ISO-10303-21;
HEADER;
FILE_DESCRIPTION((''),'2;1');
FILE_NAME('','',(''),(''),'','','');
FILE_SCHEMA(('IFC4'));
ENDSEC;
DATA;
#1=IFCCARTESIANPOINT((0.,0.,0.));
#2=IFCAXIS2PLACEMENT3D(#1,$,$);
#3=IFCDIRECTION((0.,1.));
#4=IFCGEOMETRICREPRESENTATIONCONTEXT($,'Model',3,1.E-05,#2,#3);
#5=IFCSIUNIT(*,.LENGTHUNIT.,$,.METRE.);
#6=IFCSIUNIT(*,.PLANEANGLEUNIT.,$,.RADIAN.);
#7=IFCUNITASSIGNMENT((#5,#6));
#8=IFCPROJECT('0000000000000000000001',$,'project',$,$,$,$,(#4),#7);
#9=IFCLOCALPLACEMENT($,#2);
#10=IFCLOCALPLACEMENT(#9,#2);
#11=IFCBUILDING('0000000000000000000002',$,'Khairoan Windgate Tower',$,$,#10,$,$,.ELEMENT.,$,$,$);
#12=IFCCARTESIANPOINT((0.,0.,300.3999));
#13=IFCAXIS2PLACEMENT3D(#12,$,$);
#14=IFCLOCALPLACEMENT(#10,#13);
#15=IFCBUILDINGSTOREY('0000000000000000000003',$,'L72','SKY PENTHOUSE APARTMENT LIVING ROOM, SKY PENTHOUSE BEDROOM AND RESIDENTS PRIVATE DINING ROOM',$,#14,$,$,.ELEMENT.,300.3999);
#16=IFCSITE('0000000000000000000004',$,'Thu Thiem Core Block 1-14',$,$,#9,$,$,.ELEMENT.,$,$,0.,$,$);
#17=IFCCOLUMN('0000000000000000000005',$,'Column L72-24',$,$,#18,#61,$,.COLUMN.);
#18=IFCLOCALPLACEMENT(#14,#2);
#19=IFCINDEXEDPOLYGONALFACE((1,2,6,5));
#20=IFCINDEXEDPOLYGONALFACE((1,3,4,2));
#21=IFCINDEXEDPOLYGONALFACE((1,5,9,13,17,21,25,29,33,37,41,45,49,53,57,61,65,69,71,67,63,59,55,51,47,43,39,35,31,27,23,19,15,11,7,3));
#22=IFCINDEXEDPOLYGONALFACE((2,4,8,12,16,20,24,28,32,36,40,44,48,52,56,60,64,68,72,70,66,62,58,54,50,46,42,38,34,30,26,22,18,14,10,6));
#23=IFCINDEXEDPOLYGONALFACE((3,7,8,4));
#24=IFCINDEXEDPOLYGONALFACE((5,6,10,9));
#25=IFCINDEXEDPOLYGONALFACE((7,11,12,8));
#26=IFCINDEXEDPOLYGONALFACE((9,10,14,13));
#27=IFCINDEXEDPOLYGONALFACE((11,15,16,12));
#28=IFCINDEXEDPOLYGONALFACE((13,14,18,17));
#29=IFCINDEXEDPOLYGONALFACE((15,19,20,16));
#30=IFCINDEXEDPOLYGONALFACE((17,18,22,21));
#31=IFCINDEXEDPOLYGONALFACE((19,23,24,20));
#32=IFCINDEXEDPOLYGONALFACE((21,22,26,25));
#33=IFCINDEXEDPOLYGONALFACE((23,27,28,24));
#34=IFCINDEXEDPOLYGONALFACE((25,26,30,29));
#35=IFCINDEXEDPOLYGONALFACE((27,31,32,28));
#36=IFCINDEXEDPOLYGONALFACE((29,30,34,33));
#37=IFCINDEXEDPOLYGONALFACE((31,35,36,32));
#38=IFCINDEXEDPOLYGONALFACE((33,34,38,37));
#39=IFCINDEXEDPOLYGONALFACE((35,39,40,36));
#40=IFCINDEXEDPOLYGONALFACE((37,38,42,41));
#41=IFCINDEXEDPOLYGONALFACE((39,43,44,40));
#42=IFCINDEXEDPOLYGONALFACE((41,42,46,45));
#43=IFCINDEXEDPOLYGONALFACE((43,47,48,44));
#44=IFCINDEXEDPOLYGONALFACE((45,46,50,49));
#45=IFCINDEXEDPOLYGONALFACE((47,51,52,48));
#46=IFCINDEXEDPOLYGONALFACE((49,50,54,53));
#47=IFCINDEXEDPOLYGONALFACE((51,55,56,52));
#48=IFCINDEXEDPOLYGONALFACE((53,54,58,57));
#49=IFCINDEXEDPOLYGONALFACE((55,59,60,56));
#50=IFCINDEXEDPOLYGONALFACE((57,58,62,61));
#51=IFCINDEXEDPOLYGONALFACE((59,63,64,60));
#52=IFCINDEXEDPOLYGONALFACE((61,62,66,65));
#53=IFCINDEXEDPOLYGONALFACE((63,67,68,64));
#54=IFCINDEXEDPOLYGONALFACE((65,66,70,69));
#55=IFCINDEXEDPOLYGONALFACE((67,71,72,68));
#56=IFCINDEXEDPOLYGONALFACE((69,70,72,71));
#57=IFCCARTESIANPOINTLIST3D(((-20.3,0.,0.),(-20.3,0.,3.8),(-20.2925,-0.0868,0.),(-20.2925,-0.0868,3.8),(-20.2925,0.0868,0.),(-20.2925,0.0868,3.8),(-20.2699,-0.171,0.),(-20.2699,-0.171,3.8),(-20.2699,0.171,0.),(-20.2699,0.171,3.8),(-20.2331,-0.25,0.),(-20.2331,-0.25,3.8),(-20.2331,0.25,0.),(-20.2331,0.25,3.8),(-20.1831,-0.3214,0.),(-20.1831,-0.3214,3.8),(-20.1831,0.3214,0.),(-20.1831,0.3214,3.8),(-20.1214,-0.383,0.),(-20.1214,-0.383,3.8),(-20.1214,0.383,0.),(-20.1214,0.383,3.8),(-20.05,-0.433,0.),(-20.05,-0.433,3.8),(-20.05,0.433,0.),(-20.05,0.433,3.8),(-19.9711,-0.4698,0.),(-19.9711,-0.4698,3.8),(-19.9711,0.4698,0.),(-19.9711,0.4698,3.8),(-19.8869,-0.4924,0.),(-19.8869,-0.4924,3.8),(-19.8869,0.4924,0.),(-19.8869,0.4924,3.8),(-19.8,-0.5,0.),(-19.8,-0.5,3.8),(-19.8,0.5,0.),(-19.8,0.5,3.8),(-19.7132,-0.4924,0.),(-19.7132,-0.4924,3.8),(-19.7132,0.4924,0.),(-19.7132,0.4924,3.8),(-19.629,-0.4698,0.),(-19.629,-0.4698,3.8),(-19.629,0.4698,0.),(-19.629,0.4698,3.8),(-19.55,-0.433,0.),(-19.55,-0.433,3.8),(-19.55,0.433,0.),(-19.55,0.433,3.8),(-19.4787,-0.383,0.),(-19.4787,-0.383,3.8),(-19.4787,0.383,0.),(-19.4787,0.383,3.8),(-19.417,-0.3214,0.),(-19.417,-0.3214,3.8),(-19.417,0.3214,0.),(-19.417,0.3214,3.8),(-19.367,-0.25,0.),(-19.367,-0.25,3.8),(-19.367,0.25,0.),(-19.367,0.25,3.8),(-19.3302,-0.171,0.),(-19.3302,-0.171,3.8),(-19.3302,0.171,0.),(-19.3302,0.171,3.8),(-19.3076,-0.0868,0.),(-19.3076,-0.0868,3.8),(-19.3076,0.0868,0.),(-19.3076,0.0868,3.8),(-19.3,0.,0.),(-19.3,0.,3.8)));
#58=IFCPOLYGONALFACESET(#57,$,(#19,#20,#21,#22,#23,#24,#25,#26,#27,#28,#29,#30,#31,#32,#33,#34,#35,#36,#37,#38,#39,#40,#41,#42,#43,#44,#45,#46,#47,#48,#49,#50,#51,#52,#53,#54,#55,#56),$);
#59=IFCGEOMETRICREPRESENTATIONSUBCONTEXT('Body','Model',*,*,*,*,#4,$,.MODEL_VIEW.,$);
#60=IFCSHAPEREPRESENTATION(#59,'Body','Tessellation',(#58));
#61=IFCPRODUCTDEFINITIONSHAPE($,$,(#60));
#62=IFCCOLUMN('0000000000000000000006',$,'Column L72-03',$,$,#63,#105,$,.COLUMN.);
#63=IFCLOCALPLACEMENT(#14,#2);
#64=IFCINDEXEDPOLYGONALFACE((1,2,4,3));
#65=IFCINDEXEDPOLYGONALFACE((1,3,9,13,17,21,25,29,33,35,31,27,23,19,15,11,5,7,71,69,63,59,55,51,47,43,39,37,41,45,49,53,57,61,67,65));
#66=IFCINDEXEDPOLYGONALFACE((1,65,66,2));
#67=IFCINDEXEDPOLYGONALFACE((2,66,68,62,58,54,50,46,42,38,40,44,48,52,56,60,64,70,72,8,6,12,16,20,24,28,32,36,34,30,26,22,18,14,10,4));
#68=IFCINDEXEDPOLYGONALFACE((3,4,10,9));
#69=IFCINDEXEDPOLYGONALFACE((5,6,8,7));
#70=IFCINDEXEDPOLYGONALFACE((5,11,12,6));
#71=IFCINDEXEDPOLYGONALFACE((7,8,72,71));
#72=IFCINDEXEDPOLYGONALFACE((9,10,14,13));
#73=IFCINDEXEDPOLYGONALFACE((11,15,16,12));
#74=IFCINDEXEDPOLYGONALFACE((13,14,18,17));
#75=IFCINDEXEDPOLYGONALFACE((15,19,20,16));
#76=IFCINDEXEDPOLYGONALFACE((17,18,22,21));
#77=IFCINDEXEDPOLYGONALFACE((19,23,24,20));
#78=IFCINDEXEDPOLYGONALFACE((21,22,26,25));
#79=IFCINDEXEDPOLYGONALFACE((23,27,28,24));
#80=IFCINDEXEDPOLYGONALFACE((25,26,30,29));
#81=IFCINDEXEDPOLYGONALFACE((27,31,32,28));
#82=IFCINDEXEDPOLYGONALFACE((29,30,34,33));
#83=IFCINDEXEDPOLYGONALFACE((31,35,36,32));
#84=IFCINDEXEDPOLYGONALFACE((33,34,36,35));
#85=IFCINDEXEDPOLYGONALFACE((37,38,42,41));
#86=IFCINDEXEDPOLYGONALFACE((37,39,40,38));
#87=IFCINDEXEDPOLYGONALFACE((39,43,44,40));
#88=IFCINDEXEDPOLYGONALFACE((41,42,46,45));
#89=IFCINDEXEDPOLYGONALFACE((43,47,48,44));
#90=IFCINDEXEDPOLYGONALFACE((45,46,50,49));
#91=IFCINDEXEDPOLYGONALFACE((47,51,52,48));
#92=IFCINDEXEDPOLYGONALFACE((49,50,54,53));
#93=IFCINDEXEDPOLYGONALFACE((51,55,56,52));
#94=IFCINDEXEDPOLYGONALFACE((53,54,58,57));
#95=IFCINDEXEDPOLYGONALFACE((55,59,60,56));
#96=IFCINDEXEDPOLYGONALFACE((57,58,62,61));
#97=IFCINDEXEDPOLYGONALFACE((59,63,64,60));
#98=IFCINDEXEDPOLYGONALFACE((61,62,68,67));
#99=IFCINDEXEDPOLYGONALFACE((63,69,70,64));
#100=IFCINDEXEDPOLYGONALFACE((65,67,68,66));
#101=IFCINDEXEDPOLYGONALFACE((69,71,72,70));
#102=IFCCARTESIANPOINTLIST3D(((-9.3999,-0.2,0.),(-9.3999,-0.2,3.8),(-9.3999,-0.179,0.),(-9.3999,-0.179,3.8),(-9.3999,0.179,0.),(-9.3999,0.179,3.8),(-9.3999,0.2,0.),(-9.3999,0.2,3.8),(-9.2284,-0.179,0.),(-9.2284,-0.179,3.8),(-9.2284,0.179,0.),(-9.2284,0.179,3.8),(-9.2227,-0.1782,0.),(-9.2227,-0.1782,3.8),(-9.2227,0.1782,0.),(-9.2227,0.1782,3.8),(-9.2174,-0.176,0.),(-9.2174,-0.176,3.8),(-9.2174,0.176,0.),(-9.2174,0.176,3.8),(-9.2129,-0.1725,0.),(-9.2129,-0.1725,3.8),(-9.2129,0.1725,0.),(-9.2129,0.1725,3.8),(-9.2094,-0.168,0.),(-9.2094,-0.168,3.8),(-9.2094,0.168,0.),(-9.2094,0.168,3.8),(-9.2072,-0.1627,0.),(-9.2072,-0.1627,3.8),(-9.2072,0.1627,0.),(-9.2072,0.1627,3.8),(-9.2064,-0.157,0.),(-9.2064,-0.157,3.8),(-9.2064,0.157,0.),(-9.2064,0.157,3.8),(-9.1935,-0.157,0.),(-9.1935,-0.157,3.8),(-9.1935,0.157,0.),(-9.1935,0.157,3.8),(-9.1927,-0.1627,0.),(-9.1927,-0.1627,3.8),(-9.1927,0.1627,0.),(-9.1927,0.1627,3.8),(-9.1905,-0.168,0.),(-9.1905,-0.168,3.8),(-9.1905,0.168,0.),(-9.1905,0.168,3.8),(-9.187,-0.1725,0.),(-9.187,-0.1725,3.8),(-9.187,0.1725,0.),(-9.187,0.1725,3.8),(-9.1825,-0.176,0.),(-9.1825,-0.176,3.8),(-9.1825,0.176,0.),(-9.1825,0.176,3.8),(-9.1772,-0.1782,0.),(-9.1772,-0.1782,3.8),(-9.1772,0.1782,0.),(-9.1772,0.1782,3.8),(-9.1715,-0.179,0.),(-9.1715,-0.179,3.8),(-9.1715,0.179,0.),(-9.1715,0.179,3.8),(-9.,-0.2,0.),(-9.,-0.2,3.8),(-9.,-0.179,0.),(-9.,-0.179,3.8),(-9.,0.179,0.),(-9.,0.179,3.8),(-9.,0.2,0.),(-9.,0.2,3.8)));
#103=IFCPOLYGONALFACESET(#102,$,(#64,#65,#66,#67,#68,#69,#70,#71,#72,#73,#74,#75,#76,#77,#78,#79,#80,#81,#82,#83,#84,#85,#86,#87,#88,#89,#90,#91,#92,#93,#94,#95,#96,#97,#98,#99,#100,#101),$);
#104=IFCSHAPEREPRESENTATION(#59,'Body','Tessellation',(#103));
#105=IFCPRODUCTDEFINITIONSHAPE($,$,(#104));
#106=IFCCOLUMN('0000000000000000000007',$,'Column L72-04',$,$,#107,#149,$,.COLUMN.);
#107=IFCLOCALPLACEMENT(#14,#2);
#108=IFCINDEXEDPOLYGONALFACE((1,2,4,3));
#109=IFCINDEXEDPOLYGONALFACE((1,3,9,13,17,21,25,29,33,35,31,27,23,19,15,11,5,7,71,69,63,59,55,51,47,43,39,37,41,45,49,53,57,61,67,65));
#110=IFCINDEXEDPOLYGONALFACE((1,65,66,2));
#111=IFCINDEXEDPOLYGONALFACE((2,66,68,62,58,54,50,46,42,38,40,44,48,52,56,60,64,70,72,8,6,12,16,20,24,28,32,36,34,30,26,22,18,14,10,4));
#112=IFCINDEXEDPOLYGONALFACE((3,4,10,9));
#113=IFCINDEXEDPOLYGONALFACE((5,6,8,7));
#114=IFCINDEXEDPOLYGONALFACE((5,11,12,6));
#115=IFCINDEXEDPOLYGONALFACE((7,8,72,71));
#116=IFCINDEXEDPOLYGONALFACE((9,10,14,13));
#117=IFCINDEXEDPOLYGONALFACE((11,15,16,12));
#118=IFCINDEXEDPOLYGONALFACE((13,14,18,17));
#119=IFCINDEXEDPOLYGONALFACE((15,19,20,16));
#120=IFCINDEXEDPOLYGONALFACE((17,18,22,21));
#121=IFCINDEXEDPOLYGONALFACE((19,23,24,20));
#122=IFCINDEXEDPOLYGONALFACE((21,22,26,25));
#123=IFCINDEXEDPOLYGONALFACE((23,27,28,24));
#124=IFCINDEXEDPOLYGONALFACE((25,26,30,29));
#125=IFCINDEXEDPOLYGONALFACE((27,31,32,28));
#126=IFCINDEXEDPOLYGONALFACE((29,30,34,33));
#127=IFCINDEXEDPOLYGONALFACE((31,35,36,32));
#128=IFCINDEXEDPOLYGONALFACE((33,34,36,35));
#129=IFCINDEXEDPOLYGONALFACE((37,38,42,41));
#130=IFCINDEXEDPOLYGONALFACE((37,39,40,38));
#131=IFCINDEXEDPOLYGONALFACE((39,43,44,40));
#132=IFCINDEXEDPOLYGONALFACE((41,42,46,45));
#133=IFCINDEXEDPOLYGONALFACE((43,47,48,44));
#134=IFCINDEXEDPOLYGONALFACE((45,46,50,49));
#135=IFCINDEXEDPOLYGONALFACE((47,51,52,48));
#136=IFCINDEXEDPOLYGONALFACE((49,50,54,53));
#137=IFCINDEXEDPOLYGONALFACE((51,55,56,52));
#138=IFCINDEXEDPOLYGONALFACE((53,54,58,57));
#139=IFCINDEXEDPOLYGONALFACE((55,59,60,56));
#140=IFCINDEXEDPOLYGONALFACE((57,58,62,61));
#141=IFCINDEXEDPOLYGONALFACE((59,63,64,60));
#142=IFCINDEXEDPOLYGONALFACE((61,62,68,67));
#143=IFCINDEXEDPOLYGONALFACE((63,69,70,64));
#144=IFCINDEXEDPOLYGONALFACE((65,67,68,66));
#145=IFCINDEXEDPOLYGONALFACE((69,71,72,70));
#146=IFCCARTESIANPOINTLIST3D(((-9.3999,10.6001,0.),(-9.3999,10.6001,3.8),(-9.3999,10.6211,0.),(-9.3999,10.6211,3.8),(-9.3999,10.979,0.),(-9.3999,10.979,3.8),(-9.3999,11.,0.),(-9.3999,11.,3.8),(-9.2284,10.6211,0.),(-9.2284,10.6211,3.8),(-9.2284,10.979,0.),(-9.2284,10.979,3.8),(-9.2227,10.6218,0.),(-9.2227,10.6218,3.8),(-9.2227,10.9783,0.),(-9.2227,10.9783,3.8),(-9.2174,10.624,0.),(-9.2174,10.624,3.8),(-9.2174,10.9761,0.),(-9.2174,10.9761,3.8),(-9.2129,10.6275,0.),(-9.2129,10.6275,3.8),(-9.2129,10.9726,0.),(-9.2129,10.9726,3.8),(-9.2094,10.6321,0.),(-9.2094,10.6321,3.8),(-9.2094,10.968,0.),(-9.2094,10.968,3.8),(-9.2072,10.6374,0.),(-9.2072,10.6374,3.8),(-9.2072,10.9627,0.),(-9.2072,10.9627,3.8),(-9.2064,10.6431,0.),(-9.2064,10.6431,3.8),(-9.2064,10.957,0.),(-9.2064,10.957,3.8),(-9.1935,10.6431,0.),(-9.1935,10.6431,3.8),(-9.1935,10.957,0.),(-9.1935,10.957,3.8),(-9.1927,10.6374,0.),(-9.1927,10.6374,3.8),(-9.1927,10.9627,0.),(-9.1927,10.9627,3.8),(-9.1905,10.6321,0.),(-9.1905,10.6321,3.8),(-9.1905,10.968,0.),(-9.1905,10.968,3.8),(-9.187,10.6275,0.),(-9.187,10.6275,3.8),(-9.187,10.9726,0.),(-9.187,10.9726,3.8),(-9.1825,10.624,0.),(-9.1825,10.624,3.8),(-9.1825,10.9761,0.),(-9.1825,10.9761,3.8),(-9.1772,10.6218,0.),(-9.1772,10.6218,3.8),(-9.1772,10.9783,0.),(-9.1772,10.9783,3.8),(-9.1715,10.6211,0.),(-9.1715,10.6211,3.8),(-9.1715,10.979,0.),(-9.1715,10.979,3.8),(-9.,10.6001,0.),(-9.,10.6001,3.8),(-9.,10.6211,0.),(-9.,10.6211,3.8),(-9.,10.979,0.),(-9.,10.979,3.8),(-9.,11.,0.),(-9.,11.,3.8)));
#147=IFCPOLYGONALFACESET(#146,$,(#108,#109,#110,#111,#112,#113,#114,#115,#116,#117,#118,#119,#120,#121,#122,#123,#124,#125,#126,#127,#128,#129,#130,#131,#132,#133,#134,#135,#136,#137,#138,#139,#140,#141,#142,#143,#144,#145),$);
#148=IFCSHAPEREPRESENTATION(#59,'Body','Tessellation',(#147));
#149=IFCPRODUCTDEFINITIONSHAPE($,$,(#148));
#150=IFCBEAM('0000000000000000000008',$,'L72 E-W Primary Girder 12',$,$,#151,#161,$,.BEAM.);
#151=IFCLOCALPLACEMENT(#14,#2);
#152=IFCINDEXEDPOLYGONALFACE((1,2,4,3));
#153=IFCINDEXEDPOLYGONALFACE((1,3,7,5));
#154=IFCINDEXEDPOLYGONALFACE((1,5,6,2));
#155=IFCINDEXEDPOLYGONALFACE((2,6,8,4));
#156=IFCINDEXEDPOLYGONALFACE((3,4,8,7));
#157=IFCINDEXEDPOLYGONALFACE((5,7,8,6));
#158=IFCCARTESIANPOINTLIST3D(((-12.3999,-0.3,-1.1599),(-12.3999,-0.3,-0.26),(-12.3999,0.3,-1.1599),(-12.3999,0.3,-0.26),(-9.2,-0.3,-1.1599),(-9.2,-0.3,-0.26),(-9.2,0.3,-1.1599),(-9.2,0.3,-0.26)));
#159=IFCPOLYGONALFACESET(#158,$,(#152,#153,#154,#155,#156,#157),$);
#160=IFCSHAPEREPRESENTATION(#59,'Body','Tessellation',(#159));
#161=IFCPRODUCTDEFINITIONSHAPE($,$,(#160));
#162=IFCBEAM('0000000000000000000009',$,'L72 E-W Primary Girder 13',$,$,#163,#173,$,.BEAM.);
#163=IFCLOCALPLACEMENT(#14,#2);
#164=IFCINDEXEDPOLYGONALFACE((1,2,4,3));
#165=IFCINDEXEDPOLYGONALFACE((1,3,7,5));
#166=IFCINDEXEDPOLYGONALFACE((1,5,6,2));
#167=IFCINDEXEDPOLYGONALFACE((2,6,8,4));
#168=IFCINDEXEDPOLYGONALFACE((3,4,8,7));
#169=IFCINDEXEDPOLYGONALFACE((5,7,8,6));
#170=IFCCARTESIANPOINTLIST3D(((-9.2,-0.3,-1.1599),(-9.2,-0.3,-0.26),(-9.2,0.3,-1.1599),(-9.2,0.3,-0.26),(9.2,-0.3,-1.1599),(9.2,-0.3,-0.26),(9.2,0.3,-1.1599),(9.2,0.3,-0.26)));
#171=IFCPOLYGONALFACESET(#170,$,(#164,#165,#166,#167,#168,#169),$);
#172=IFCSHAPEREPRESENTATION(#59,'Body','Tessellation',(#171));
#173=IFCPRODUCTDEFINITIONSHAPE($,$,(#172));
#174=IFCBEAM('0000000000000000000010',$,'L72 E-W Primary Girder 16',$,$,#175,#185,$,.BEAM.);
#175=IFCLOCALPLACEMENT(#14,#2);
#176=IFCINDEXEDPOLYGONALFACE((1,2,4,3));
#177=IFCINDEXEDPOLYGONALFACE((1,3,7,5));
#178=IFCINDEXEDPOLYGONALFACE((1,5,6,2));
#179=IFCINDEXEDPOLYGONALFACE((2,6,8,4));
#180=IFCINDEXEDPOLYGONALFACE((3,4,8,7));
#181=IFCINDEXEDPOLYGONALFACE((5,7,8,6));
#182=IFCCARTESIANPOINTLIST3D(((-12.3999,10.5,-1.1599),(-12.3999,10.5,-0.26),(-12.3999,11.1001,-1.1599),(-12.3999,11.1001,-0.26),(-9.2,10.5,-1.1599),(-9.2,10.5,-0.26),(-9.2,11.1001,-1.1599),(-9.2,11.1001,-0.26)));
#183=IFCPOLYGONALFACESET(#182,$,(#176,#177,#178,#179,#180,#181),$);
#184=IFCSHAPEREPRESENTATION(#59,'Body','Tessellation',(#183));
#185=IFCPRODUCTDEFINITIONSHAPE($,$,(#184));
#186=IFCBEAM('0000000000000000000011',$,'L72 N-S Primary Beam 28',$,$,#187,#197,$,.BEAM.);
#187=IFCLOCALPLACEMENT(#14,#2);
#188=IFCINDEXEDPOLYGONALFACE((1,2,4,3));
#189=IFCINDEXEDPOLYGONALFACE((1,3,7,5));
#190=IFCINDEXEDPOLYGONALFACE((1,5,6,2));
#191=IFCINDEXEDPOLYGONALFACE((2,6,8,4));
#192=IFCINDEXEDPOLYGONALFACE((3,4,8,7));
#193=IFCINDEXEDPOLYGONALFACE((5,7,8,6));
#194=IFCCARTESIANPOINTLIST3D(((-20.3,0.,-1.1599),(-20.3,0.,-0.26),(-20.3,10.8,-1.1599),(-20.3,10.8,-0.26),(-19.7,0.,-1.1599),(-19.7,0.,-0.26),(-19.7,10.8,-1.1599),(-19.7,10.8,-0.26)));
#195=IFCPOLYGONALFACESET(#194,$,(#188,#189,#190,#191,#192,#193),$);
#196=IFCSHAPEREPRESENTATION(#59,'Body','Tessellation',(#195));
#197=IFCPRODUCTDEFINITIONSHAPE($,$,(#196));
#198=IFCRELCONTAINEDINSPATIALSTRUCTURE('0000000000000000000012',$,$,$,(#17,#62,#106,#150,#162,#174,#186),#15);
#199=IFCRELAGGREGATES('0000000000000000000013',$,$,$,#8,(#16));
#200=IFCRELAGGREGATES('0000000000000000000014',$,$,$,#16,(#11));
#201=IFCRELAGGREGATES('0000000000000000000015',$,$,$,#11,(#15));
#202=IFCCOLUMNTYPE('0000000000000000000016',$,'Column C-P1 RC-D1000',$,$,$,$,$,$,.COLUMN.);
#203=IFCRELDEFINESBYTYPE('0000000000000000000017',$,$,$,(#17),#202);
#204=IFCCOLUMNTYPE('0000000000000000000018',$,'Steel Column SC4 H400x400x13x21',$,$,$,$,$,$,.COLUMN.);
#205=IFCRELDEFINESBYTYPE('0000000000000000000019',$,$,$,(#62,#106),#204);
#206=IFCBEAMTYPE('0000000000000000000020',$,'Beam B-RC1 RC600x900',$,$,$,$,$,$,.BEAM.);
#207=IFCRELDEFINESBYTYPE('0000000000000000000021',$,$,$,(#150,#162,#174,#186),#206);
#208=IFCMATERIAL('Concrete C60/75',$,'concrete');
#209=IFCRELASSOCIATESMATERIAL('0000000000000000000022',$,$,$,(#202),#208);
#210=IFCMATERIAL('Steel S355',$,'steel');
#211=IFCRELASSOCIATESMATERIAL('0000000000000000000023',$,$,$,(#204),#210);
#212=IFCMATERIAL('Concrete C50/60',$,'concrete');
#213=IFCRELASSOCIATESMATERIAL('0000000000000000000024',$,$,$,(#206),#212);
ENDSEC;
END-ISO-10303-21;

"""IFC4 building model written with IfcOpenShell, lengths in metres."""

from ifc_helpers import new_model, si_unit, direction, frame, origin, origin_2d, place, context, subcontext, project, spatial, rectangle, circle, i_section, extrude, material, material_profile, profile_set, type_object, element, save


model = new_model("IFC4")

# Units and contexts
model_context = context("Model", 3, precision=1e-05, world=origin(), true_north=direction((0.0, 1.0)))
body_context = subcontext(model_context, "Body", "Model", "MODEL_VIEW")
ifc_project = project(units=[si_unit("LENGTHUNIT", "METRE"), si_unit("PLANEANGLEUNIT", "RADIAN")], contexts=[model_context])

# Site, building, storey
site_placement = place(None, origin())
site = spatial("IfcSite", under=ifc_project, at=site_placement, Name="Thu Thiem Core Block 1-14", CompositionType="ELEMENT", RefElevation=0.0)
building_placement = place(site_placement, origin())
building = spatial("IfcBuilding", under=site, at=building_placement, Name="Khairoan Windgate Tower", CompositionType="ELEMENT")
storey_placement = place(building_placement, frame((0.0, 0.0, 300.3999)))
storey = spatial("IfcBuildingStorey", under=building, at=storey_placement, Name="L72", Description="SKY PENTHOUSE APARTMENT LIVING ROOM, SKY PENTHOUSE BEDROOM AND RESIDENTS PRIVATE DINING ROOM", CompositionType="ELEMENT", Elevation=300.3999)

# Columns
ifc_material_1 = material(Name="Concrete C60/75", Category="concrete")
ifc_material_profile_1 = material_profile(ifc_material_1, circle(Radius=0.5, at=origin_2d()))
ifc_profile_set_1 = profile_set([ifc_material_profile_1], Name="Concrete C60/75")
column_type_1 = type_object("IfcColumnType", Name="Column C-P1 RC-D1000", PredefinedType="COLUMN", material=ifc_profile_set_1)
column_placement = place(storey_placement, frame((-19.8, 0.0, 0.0), z_axis=(0.0, 0.0, 1.0), x_axis=(1.0, 0.0, 0.0)))
element("IfcColumn", 1, at=column_placement, inside=storey, type_object=column_type_1, Name="Column L72-24", PredefinedType="COLUMN", context=body_context, shape_type="SweptSolid", body=[
    extrude(circle(Radius=0.5, at=origin_2d()), origin(), (0.0, 0.0, 1.0), 3.8),
])
ifc_material_2 = material(Name="Steel S355", Category="steel")
ifc_material_profile_2 = material_profile(ifc_material_2, i_section(OverallWidth=0.3999, OverallDepth=0.3999, WebThickness=0.0129, FlangeThickness=0.021, FilletRadius=0.022, at=origin_2d()))
ifc_profile_set_2 = profile_set([ifc_material_profile_2], Name="Steel S355")
column_type_2 = type_object("IfcColumnType", Name="Steel Column SC4 H400x400x13x21", PredefinedType="COLUMN", material=ifc_profile_set_2)
for number, where, z_axis, x_axis, name in (
    (2, (-9.2, 0.0, 0.0), (0.0, 0.0, 1.0), (1.0, 0.0, 0.0), "Column L72-03"),
    (3, (-9.2, 10.8, 0.0), (0.0, 0.0, 1.0), (1.0, 0.0, 0.0), "Column L72-04"),
):
    element("IfcColumn", number, at=place(storey_placement, frame(where, z_axis=z_axis, x_axis=x_axis)), inside=storey, type_object=column_type_2, Name=name, PredefinedType="COLUMN", context=body_context, shape_type="SweptSolid", body=[
        extrude(i_section(OverallWidth=0.3999, OverallDepth=0.3999, WebThickness=0.0129, FlangeThickness=0.021, FilletRadius=0.022, at=origin_2d()), origin(), (0.0, 0.0, 1.0), 3.8),
    ])

# Beams
ifc_material_3 = material(Name="Concrete C50/60", Category="concrete")
ifc_material_profile_3 = material_profile(ifc_material_3, rectangle(XDim=0.6001, YDim=0.8999, at=origin_2d()))
ifc_profile_set_3 = profile_set([ifc_material_profile_3], Name="Concrete C50/60")
beam_type = type_object("IfcBeamType", Name="Beam B-RC1 RC600x900", PredefinedType="BEAM", material=ifc_profile_set_3)
beam_1_placement = place(storey_placement, frame((-12.3999, 0.0, -0.71), z_axis=(1.0, 0.0, 0.0), x_axis=(0.0, 1.0, 0.0)))
element("IfcBeam", 4, at=beam_1_placement, inside=storey, type_object=beam_type, Name="L72 E-W Primary Girder 12", PredefinedType="BEAM", context=body_context, shape_type="SweptSolid", body=[
    extrude(rectangle(XDim=0.6001, YDim=0.8999, at=origin_2d()), origin(), (0.0, 0.0, 1.0), 3.2),
])
beam_2_placement = place(storey_placement, frame((-9.2, 0.0, -0.71), z_axis=(1.0, 0.0, 0.0), x_axis=(0.0, 1.0, 0.0)))
element("IfcBeam", 5, at=beam_2_placement, inside=storey, type_object=beam_type, Name="L72 E-W Primary Girder 13", PredefinedType="BEAM", context=body_context, shape_type="SweptSolid", body=[
    extrude(rectangle(XDim=0.6001, YDim=0.8999, at=origin_2d()), origin(), (0.0, 0.0, 1.0), 18.3999),
])
beam_3_placement = place(storey_placement, frame((-12.3999, 10.8, -0.71), z_axis=(1.0, 0.0, 0.0), x_axis=(0.0, 1.0, 0.0)))
element("IfcBeam", 6, at=beam_3_placement, inside=storey, type_object=beam_type, Name="L72 E-W Primary Girder 16", PredefinedType="BEAM", context=body_context, shape_type="SweptSolid", body=[
    extrude(rectangle(XDim=0.6001, YDim=0.8999, at=origin_2d()), origin(), (0.0, 0.0, 1.0), 3.2),
])
beam_4_placement = place(storey_placement, frame((-20.0, 0.0, -0.71), z_axis=(0.0, 1.0, 0.0), x_axis=(-1.0, 0.0, 0.0)))
element("IfcBeam", 7, at=beam_4_placement, inside=storey, type_object=beam_type, Name="L72 N-S Primary Beam 28", PredefinedType="BEAM", context=body_context, shape_type="SweptSolid", body=[
    extrude(rectangle(XDim=0.6001, YDim=0.8999, at=origin_2d()), origin(), (0.0, 0.0, 1.0), 10.8),
])

save(model, "model.ifc")
